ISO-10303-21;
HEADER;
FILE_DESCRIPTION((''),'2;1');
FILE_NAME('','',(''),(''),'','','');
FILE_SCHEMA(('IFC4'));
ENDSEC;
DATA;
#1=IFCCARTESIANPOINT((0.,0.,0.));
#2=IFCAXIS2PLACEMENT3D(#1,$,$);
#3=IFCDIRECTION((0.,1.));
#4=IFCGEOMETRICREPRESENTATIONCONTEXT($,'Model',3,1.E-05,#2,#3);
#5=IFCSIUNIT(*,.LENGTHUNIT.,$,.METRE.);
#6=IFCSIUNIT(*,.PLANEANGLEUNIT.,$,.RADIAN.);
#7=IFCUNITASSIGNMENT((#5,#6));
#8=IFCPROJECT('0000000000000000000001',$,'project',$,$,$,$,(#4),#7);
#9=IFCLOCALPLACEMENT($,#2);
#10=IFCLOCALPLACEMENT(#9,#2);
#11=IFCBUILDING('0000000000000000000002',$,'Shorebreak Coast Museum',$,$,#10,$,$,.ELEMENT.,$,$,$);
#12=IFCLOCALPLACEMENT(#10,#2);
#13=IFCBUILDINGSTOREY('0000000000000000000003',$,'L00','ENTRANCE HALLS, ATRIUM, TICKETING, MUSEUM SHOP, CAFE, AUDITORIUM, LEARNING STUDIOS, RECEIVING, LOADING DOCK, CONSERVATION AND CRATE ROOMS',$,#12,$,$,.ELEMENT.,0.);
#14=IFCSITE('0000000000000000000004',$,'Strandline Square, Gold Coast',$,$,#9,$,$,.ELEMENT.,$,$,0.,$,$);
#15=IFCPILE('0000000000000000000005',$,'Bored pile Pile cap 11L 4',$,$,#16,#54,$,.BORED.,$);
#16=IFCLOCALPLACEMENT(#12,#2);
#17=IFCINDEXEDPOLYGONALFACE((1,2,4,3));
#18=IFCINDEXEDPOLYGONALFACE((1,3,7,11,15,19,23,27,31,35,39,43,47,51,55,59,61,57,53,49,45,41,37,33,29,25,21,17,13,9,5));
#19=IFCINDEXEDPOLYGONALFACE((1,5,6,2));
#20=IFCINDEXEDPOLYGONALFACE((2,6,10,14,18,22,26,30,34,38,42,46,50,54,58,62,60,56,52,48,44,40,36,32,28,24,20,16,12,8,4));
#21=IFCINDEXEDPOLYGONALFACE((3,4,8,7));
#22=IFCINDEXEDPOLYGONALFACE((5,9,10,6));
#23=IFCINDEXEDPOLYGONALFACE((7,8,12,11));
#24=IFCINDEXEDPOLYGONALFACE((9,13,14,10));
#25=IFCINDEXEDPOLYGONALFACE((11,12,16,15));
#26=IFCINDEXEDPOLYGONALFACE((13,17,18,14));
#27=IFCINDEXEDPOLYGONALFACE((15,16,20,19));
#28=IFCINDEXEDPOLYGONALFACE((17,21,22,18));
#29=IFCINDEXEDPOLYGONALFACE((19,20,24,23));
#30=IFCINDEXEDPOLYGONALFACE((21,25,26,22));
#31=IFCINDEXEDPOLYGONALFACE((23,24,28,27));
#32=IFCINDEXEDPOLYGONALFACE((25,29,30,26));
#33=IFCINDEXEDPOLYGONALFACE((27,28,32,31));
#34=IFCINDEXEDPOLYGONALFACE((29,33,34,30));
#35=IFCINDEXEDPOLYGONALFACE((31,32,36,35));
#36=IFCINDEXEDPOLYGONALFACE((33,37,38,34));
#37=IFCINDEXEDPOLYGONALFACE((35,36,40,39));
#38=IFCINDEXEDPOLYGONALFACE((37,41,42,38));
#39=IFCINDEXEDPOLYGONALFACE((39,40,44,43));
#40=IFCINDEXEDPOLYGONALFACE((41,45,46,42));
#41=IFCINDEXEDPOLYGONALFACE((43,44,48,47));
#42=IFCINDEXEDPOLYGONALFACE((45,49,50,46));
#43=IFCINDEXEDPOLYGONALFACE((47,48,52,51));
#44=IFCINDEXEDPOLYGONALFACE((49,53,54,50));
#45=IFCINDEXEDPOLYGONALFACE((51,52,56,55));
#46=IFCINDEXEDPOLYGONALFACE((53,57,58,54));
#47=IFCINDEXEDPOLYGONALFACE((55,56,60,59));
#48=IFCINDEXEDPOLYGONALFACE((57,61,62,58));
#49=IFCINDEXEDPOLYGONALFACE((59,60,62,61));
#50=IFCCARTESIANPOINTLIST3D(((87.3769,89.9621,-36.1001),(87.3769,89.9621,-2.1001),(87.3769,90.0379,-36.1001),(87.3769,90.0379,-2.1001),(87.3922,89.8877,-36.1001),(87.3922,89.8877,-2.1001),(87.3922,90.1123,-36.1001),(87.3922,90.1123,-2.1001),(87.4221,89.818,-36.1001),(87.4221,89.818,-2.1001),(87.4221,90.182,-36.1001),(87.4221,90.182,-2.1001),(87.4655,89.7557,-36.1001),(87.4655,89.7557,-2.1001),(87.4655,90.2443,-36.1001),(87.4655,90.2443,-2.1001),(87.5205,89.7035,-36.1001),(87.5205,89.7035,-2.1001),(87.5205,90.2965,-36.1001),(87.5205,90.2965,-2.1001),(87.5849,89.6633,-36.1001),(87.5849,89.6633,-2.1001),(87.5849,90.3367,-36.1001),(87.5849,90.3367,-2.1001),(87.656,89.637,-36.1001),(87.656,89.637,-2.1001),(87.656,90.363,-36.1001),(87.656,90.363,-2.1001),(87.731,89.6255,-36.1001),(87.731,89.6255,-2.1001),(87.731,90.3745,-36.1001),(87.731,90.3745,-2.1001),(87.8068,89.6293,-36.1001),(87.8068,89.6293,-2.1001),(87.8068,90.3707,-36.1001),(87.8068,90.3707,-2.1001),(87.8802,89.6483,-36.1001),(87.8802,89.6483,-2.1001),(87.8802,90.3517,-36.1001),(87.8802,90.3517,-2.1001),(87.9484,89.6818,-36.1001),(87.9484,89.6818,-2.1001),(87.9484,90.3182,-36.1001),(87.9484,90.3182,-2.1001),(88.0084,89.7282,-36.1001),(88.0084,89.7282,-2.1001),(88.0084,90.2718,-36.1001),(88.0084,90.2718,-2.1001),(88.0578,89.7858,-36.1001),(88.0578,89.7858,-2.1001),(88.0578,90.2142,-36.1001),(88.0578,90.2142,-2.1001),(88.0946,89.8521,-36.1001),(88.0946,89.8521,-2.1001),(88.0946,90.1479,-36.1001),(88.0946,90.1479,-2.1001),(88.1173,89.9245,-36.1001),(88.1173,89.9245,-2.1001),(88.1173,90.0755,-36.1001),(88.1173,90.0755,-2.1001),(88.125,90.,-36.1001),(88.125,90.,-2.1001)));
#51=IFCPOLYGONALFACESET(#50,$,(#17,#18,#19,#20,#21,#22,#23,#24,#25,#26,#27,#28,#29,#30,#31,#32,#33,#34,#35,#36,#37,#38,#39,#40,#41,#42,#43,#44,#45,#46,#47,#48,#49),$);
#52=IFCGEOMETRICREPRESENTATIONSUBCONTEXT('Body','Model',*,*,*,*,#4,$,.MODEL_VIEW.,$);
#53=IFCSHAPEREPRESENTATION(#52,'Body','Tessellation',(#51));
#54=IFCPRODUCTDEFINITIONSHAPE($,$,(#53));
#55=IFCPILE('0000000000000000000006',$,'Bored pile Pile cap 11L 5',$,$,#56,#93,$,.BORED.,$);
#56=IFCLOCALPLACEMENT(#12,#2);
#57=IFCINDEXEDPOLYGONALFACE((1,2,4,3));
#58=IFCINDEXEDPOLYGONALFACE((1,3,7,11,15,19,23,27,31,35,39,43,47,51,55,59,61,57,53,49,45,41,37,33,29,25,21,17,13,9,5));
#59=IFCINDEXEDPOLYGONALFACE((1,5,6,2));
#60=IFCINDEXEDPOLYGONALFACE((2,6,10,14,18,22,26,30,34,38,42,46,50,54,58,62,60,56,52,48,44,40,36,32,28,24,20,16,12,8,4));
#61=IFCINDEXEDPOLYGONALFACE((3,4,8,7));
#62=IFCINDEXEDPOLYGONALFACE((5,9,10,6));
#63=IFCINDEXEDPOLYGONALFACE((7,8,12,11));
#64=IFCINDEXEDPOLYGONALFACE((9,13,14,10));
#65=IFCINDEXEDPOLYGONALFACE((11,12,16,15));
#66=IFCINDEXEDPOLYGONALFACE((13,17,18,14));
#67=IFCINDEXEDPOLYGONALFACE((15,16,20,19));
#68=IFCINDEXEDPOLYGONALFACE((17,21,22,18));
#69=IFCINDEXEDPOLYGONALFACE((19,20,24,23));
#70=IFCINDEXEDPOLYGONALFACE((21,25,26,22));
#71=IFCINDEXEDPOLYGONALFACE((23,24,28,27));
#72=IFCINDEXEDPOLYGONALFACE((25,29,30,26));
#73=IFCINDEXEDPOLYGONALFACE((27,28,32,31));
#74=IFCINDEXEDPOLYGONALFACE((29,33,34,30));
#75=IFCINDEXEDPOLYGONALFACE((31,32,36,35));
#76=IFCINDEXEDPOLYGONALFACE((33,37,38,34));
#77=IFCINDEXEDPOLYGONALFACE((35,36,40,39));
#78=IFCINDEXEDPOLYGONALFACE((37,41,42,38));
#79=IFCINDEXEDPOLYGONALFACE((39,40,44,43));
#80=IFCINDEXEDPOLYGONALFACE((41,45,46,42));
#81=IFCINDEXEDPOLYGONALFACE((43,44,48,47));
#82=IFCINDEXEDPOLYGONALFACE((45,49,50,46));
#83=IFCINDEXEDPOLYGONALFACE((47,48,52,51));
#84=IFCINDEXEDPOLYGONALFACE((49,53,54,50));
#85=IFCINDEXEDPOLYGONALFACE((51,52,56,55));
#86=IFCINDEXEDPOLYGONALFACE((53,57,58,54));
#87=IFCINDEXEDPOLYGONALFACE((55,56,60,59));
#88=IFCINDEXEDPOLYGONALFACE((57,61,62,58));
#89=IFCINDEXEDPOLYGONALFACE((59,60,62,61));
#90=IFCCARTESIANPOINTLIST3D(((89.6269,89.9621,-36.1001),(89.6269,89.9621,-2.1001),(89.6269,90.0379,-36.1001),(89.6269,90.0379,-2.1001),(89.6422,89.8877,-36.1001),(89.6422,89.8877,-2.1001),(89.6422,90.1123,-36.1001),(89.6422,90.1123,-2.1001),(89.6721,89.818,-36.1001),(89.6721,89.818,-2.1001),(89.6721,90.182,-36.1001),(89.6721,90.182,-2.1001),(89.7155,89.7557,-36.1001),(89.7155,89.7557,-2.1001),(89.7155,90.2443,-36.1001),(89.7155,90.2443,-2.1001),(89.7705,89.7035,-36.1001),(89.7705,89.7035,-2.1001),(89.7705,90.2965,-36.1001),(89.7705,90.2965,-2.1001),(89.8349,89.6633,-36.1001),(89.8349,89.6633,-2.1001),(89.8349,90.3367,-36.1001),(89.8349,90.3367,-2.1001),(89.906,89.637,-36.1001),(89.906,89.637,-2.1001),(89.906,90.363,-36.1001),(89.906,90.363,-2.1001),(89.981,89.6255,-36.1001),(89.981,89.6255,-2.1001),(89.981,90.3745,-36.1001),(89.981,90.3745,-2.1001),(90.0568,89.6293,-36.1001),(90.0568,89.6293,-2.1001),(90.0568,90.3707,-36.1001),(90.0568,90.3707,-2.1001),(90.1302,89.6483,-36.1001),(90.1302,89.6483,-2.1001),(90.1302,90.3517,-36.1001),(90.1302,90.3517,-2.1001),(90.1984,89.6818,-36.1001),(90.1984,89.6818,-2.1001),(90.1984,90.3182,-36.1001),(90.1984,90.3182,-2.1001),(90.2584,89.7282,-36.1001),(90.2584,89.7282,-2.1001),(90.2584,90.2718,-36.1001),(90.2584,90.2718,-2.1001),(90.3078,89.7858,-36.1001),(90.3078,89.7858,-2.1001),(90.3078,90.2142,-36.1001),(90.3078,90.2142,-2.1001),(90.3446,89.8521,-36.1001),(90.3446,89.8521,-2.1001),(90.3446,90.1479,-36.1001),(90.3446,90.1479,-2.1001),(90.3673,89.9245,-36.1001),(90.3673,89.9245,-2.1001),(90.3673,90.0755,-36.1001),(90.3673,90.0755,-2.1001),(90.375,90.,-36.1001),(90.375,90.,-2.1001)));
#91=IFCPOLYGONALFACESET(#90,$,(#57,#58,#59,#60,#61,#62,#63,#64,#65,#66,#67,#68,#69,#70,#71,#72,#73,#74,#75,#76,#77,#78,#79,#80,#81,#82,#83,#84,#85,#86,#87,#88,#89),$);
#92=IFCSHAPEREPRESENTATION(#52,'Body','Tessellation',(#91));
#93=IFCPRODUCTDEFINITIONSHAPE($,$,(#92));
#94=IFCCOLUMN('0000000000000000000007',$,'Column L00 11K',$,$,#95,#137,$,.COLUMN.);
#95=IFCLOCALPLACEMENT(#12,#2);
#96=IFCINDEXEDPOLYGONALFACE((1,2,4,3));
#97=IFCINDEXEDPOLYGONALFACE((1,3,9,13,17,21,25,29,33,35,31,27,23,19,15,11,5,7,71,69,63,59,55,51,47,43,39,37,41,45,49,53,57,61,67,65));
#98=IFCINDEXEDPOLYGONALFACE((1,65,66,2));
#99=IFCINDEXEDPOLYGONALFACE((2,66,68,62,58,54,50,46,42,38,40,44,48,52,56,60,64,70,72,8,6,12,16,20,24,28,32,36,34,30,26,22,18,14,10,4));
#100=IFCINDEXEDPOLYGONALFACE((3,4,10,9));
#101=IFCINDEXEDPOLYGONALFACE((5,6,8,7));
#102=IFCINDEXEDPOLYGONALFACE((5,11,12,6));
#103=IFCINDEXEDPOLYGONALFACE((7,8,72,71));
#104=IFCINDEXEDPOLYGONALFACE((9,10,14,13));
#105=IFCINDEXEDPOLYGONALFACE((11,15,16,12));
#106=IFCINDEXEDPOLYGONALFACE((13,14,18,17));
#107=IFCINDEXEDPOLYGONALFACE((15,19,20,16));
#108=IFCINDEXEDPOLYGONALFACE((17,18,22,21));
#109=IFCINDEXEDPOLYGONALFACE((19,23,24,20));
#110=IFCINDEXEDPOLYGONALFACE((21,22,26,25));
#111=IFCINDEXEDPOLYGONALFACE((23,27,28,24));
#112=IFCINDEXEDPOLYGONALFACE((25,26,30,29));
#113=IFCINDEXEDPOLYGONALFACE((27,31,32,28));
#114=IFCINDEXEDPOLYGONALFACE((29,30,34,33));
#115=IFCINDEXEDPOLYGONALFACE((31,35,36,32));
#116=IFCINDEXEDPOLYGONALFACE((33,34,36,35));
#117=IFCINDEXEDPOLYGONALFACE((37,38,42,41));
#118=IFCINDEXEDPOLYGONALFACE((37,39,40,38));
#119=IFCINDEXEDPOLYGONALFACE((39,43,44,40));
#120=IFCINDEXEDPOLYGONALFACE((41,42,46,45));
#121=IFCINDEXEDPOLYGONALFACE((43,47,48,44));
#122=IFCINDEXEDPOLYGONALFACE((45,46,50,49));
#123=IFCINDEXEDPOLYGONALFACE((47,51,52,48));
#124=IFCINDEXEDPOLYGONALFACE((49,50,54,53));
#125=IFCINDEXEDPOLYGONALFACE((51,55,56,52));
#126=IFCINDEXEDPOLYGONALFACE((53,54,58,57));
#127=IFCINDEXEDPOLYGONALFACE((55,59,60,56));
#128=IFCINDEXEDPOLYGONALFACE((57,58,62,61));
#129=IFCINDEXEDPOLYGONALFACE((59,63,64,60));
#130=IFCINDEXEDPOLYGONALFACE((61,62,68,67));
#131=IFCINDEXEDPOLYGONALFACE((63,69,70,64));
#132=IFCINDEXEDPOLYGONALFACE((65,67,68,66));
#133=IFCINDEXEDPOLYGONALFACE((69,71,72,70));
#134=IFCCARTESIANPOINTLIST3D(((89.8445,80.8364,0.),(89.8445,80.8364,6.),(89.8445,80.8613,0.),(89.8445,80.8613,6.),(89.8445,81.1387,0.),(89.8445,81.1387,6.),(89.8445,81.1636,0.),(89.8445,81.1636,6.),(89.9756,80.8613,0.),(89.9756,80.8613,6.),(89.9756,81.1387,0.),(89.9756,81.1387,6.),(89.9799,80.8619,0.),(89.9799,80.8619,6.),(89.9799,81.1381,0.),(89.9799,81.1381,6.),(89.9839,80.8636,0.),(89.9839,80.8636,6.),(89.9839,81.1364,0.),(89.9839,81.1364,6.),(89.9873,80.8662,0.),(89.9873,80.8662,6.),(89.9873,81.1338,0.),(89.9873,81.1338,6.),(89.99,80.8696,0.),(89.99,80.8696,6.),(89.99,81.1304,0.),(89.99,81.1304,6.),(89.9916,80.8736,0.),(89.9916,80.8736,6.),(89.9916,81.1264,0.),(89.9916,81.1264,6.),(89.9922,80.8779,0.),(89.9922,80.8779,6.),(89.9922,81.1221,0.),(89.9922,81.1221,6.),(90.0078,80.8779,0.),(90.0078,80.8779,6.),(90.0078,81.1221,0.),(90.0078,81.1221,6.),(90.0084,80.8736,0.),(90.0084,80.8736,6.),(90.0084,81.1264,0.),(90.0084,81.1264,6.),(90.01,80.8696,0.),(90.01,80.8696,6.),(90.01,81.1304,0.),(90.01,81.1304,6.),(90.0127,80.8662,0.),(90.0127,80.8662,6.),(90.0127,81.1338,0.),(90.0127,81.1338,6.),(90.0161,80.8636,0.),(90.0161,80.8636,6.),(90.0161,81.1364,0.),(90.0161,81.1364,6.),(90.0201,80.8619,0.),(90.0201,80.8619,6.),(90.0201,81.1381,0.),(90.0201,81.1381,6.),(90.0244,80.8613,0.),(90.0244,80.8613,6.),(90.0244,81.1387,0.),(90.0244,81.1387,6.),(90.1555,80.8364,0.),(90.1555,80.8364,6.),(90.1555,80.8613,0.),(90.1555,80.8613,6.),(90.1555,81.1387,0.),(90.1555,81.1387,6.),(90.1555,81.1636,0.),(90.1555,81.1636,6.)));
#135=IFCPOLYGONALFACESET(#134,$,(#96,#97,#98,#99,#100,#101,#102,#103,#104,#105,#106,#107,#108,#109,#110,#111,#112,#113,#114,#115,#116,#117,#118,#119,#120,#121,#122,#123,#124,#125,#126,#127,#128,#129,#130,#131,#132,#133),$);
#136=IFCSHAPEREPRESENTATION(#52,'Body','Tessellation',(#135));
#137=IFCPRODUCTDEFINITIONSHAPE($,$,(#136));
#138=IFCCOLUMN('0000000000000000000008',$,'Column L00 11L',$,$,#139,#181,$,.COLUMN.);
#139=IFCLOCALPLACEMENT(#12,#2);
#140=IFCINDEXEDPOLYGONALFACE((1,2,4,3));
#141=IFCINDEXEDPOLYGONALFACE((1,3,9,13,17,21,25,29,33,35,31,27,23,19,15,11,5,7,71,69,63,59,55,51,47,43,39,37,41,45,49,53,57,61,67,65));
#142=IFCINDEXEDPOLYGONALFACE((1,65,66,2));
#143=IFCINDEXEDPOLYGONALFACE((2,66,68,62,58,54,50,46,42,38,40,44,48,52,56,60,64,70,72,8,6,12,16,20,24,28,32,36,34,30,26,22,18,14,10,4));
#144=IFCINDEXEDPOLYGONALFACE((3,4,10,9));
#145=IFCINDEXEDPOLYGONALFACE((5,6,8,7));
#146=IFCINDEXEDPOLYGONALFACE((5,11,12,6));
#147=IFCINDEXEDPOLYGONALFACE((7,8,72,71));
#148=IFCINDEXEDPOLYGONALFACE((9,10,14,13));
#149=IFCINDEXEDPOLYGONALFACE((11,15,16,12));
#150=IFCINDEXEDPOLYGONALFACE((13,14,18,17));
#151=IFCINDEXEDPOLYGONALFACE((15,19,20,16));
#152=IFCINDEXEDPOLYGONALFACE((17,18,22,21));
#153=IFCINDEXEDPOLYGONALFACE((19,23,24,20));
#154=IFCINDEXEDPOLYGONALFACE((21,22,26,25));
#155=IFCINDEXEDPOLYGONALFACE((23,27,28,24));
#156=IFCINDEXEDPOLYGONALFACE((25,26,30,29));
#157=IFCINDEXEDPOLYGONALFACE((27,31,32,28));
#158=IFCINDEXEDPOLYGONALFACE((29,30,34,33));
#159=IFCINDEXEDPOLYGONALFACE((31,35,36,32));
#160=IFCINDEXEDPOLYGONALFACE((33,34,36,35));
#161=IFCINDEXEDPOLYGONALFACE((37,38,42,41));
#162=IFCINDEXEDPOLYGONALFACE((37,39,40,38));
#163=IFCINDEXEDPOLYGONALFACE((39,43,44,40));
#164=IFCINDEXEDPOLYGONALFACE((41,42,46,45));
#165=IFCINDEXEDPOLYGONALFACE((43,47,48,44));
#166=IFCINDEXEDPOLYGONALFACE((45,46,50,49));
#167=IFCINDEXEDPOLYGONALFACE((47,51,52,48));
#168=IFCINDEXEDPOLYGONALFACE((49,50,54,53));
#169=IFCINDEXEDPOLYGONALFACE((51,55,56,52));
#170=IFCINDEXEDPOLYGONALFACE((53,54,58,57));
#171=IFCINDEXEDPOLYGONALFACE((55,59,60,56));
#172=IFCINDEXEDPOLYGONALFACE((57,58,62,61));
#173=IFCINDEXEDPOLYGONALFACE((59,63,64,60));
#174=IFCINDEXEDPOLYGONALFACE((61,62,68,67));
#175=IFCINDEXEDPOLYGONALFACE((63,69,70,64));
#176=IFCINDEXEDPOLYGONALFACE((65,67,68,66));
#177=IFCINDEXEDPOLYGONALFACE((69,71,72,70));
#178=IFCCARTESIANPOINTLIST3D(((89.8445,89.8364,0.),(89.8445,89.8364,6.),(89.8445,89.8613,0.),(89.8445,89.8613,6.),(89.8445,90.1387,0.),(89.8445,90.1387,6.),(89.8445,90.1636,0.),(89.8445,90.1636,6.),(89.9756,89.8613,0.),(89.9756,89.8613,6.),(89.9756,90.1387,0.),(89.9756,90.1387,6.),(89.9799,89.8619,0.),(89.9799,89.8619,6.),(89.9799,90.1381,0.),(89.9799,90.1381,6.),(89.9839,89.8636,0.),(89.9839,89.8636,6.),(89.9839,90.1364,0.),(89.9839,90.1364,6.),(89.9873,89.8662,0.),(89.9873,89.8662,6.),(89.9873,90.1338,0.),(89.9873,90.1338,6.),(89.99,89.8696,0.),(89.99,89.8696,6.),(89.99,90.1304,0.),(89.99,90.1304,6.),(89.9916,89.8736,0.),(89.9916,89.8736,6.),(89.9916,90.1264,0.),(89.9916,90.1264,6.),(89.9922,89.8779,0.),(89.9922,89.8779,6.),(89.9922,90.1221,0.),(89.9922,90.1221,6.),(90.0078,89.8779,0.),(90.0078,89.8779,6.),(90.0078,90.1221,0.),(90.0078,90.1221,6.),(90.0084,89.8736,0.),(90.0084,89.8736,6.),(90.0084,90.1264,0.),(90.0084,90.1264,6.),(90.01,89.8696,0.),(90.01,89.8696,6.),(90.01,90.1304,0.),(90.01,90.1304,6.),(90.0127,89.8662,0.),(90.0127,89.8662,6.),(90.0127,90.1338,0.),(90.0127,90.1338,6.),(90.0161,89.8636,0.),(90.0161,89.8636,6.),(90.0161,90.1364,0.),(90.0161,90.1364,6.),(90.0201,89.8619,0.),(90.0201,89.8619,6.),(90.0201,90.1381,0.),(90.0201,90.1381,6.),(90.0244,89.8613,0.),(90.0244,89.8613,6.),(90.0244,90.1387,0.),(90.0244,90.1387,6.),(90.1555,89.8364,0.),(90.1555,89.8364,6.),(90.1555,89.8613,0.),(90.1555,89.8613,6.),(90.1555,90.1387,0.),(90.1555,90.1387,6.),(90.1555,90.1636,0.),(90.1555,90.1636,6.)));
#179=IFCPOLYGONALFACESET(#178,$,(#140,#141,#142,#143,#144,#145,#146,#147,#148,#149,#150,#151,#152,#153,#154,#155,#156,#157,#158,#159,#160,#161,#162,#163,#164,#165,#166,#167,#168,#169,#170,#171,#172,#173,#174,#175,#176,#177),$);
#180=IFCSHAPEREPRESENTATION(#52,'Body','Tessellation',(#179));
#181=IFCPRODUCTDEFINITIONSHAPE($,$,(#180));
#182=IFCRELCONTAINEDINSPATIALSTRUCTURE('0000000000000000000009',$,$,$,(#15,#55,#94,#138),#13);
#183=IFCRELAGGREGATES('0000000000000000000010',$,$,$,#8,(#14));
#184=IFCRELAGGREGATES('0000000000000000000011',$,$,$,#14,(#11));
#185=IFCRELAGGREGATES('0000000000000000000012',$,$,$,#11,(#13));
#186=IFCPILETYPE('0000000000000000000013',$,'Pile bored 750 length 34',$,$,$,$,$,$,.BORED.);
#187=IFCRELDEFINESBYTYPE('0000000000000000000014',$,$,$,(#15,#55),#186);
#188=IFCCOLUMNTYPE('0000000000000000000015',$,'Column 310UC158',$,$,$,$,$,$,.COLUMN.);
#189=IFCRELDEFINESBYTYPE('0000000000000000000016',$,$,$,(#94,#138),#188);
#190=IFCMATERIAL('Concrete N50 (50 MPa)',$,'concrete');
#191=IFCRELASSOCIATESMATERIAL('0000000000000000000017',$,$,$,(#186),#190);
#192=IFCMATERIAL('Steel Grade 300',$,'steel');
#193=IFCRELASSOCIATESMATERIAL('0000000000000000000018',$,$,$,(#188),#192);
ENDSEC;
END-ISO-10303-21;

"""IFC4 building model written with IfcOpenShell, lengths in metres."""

from ifc_helpers import new_model, si_unit, direction, frame, origin, origin_2d, place, context, subcontext, project, spatial, circle, i_section, extrude, material, material_profile, profile_set, type_object, element, save


model = new_model("IFC4")

# Units and contexts
model_context = context("Model", 3, precision=1e-05, world=origin(), true_north=direction((0.0, 1.0)))
body_context = subcontext(model_context, "Body", "Model", "MODEL_VIEW")
ifc_project = project(units=[si_unit("LENGTHUNIT", "METRE"), si_unit("PLANEANGLEUNIT", "RADIAN")], contexts=[model_context])

# Site, building, storey
site_placement = place(None, origin())
site = spatial("IfcSite", under=ifc_project, at=site_placement, Name="Strandline Square, Gold Coast", CompositionType="ELEMENT", RefElevation=0.0)
building_placement = place(site_placement, origin())
building = spatial("IfcBuilding", under=site, at=building_placement, Name="Shorebreak Coast Museum", CompositionType="ELEMENT")
storey_placement = place(building_placement, origin())
storey = spatial("IfcBuildingStorey", under=building, at=storey_placement, Name="L00", Description="ENTRANCE HALLS, ATRIUM, TICKETING, MUSEUM SHOP, CAFE, AUDITORIUM, LEARNING STUDIOS, RECEIVING, LOADING DOCK, CONSERVATION AND CRATE ROOMS", CompositionType="ELEMENT", Elevation=0.0)

# Piles
ifc_material_1 = material(Name="Concrete N50 (50 MPa)", Category="concrete")
ifc_material_profile_1 = material_profile(ifc_material_1, circle(Radius=0.375, at=origin_2d()), Name="Pile bored 750 length 34")
ifc_profile_set_1 = profile_set([ifc_material_profile_1], Name="Concrete N50 (50 MPa)")
pile_type_1 = type_object("IfcPileType", Name="Pile bored 750 length 34", PredefinedType="BORED", material=ifc_profile_set_1)
for number, where, z_axis, x_axis, name in (
    (1, (87.75, 90.0, -2.1001), (0.0, 0.0, -1.0), (1.0, 0.0, 0.0), "Bored pile Pile cap 11L 4"),
    (2, (90.0, 90.0, -2.1001), (0.0, 0.0, -1.0), (1.0, 0.0, 0.0), "Bored pile Pile cap 11L 5"),
):
    element("IfcPile", number, at=place(storey_placement, frame(where, z_axis=z_axis, x_axis=x_axis)), inside=storey, type_object=pile_type_1, Name=name, PredefinedType="BORED", context=body_context, shape_type="SweptSolid", body=[
        extrude(circle(Radius=0.375, at=origin_2d()), origin(), (0.0, 0.0, 1.0), 34.0),
    ])

# Columns
ifc_material_2 = material(Name="Steel Grade 300", Category="steel")
ifc_material_profile_2 = material_profile(ifc_material_2, i_section(OverallWidth=0.311, OverallDepth=0.3271, WebThickness=0.0156, FlangeThickness=0.0249, FilletRadius=0.0166, at=origin_2d()), Name="310UC158")
ifc_profile_set_2 = profile_set([ifc_material_profile_2], Name="Steel Grade 300")
column_type = type_object("IfcColumnType", Name="Column 310UC158", PredefinedType="COLUMN", material=ifc_profile_set_2)
for number, where, z_axis, x_axis, name in (
    (3, (90.0, 81.0, 0.0), (0.0, 0.0, 1.0), (1.0, 0.0, 0.0), "Column L00 11K"),
    (4, (90.0, 90.0, 0.0), (0.0, 0.0, 1.0), (1.0, 0.0, 0.0), "Column L00 11L"),
):
    element("IfcColumn", number, at=place(storey_placement, frame(where, z_axis=z_axis, x_axis=x_axis)), inside=storey, type_object=column_type, Name=name, PredefinedType="COLUMN", context=body_context, shape_type="SweptSolid", body=[
        extrude(i_section(OverallWidth=0.311, OverallDepth=0.3271, WebThickness=0.0156, FlangeThickness=0.0249, FilletRadius=0.0166, at=origin_2d()), origin(), (0.0, 0.0, 1.0), 6.0),
    ])

save(model, "model.ifc")
